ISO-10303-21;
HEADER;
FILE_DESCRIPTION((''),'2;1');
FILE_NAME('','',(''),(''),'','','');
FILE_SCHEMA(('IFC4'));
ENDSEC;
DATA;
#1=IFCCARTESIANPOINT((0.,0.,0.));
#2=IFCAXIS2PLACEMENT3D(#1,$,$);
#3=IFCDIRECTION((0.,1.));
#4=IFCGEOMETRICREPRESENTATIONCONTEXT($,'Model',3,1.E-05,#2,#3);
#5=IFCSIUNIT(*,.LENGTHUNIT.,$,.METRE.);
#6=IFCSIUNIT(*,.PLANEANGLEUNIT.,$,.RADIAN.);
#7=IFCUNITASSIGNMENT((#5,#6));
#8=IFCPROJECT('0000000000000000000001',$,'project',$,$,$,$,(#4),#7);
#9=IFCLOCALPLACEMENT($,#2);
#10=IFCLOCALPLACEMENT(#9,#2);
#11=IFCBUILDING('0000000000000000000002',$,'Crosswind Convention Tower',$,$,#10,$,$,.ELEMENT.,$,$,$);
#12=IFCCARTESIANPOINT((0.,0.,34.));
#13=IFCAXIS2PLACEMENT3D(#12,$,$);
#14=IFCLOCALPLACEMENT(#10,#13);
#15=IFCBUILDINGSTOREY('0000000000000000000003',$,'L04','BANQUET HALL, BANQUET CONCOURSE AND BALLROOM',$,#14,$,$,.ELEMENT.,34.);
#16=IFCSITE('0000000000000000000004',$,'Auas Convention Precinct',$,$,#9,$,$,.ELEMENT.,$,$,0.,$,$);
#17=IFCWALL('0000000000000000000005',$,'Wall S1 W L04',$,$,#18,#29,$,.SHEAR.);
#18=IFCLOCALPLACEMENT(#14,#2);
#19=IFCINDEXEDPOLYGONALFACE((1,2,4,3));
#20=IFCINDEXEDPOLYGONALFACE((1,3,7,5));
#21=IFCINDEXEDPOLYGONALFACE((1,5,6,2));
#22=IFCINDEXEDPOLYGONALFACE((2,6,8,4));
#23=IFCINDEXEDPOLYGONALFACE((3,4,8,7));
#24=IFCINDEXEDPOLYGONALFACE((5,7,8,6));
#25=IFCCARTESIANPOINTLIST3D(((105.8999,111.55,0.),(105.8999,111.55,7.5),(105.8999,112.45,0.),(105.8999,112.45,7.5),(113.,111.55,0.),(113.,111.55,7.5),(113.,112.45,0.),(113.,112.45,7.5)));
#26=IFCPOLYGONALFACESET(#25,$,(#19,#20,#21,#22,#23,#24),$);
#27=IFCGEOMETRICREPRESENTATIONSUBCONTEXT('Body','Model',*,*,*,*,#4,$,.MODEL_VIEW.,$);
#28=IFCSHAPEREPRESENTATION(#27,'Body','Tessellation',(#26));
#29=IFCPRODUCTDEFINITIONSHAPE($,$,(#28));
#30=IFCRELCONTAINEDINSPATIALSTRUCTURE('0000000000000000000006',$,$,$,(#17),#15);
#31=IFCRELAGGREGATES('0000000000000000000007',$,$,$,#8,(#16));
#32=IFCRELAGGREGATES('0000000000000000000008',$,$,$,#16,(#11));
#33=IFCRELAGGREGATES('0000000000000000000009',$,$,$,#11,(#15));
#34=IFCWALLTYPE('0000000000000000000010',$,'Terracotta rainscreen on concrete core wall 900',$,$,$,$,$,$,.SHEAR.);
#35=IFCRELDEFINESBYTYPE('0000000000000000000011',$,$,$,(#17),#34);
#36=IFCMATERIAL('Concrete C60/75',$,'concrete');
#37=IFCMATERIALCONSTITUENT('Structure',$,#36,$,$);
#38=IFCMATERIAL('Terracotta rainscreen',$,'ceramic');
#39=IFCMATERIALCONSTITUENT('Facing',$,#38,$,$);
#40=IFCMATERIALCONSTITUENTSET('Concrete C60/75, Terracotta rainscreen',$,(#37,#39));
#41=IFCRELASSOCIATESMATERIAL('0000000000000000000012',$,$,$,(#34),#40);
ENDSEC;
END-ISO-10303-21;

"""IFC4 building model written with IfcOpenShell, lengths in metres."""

from ifc_helpers import new_model, si_unit, direction, frame, frame_2d, origin, place, context, subcontext, project, spatial, rectangle, extrude, material, constituent, constituent_set, type_object, element, save


model = new_model("IFC4")

# Units and contexts
model_context = context("Model", 3, precision=1e-05, world=origin(), true_north=direction((0.0, 1.0)))
body_context = subcontext(model_context, "Body", "Model", "MODEL_VIEW")
ifc_project = project(units=[si_unit("LENGTHUNIT", "METRE"), si_unit("PLANEANGLEUNIT", "RADIAN")], contexts=[model_context])

# Site, building, storey
site_placement = place(None, origin())
site = spatial("IfcSite", under=ifc_project, at=site_placement, Name="Auas Convention Precinct", CompositionType="ELEMENT", RefElevation=0.0)
building_placement = place(site_placement, origin())
building = spatial("IfcBuilding", under=site, at=building_placement, Name="Crosswind Convention Tower", CompositionType="ELEMENT")
storey_placement = place(building_placement, frame((0.0, 0.0, 34.0)))
storey = spatial("IfcBuildingStorey", under=building, at=storey_placement, Name="L04", Description="BANQUET HALL, BANQUET CONCOURSE AND BALLROOM", CompositionType="ELEMENT", Elevation=34.0)

# Wall
ifc_material_1 = material(Name="Concrete C60/75", Category="concrete")
ifc_constituent_1 = constituent(ifc_material_1, Name="Structure")
ifc_material_2 = material(Name="Terracotta rainscreen", Category="ceramic")
ifc_constituent_2 = constituent(ifc_material_2, Name="Facing")
ifc_constituent_set = constituent_set(constituents=[ifc_constituent_1, ifc_constituent_2], Name="Concrete C60/75, Terracotta rainscreen")
wall_type_1 = type_object("IfcWallType", Name="Terracotta rainscreen on concrete core wall 900", PredefinedType="SHEAR", material=ifc_constituent_set)
wall_1_placement = place(storey_placement, frame((113.0, 112.0, 0.0), z_axis=(0.0, 0.0, 1.0), x_axis=(-1.0, 0.0, 0.0)))
element("IfcWall", 1, at=wall_1_placement, inside=storey, type_object=wall_type_1, Name="Wall S1 W L04", PredefinedType="SHEAR", context=body_context, shape_type="SweptSolid", body=[
    extrude(rectangle(XDim=7.1001, YDim=0.8999, at=frame_2d((3.55, 0.0))), origin(), (0.0, 0.0, 1.0), 7.5),
])

save(model, "model.ifc")
